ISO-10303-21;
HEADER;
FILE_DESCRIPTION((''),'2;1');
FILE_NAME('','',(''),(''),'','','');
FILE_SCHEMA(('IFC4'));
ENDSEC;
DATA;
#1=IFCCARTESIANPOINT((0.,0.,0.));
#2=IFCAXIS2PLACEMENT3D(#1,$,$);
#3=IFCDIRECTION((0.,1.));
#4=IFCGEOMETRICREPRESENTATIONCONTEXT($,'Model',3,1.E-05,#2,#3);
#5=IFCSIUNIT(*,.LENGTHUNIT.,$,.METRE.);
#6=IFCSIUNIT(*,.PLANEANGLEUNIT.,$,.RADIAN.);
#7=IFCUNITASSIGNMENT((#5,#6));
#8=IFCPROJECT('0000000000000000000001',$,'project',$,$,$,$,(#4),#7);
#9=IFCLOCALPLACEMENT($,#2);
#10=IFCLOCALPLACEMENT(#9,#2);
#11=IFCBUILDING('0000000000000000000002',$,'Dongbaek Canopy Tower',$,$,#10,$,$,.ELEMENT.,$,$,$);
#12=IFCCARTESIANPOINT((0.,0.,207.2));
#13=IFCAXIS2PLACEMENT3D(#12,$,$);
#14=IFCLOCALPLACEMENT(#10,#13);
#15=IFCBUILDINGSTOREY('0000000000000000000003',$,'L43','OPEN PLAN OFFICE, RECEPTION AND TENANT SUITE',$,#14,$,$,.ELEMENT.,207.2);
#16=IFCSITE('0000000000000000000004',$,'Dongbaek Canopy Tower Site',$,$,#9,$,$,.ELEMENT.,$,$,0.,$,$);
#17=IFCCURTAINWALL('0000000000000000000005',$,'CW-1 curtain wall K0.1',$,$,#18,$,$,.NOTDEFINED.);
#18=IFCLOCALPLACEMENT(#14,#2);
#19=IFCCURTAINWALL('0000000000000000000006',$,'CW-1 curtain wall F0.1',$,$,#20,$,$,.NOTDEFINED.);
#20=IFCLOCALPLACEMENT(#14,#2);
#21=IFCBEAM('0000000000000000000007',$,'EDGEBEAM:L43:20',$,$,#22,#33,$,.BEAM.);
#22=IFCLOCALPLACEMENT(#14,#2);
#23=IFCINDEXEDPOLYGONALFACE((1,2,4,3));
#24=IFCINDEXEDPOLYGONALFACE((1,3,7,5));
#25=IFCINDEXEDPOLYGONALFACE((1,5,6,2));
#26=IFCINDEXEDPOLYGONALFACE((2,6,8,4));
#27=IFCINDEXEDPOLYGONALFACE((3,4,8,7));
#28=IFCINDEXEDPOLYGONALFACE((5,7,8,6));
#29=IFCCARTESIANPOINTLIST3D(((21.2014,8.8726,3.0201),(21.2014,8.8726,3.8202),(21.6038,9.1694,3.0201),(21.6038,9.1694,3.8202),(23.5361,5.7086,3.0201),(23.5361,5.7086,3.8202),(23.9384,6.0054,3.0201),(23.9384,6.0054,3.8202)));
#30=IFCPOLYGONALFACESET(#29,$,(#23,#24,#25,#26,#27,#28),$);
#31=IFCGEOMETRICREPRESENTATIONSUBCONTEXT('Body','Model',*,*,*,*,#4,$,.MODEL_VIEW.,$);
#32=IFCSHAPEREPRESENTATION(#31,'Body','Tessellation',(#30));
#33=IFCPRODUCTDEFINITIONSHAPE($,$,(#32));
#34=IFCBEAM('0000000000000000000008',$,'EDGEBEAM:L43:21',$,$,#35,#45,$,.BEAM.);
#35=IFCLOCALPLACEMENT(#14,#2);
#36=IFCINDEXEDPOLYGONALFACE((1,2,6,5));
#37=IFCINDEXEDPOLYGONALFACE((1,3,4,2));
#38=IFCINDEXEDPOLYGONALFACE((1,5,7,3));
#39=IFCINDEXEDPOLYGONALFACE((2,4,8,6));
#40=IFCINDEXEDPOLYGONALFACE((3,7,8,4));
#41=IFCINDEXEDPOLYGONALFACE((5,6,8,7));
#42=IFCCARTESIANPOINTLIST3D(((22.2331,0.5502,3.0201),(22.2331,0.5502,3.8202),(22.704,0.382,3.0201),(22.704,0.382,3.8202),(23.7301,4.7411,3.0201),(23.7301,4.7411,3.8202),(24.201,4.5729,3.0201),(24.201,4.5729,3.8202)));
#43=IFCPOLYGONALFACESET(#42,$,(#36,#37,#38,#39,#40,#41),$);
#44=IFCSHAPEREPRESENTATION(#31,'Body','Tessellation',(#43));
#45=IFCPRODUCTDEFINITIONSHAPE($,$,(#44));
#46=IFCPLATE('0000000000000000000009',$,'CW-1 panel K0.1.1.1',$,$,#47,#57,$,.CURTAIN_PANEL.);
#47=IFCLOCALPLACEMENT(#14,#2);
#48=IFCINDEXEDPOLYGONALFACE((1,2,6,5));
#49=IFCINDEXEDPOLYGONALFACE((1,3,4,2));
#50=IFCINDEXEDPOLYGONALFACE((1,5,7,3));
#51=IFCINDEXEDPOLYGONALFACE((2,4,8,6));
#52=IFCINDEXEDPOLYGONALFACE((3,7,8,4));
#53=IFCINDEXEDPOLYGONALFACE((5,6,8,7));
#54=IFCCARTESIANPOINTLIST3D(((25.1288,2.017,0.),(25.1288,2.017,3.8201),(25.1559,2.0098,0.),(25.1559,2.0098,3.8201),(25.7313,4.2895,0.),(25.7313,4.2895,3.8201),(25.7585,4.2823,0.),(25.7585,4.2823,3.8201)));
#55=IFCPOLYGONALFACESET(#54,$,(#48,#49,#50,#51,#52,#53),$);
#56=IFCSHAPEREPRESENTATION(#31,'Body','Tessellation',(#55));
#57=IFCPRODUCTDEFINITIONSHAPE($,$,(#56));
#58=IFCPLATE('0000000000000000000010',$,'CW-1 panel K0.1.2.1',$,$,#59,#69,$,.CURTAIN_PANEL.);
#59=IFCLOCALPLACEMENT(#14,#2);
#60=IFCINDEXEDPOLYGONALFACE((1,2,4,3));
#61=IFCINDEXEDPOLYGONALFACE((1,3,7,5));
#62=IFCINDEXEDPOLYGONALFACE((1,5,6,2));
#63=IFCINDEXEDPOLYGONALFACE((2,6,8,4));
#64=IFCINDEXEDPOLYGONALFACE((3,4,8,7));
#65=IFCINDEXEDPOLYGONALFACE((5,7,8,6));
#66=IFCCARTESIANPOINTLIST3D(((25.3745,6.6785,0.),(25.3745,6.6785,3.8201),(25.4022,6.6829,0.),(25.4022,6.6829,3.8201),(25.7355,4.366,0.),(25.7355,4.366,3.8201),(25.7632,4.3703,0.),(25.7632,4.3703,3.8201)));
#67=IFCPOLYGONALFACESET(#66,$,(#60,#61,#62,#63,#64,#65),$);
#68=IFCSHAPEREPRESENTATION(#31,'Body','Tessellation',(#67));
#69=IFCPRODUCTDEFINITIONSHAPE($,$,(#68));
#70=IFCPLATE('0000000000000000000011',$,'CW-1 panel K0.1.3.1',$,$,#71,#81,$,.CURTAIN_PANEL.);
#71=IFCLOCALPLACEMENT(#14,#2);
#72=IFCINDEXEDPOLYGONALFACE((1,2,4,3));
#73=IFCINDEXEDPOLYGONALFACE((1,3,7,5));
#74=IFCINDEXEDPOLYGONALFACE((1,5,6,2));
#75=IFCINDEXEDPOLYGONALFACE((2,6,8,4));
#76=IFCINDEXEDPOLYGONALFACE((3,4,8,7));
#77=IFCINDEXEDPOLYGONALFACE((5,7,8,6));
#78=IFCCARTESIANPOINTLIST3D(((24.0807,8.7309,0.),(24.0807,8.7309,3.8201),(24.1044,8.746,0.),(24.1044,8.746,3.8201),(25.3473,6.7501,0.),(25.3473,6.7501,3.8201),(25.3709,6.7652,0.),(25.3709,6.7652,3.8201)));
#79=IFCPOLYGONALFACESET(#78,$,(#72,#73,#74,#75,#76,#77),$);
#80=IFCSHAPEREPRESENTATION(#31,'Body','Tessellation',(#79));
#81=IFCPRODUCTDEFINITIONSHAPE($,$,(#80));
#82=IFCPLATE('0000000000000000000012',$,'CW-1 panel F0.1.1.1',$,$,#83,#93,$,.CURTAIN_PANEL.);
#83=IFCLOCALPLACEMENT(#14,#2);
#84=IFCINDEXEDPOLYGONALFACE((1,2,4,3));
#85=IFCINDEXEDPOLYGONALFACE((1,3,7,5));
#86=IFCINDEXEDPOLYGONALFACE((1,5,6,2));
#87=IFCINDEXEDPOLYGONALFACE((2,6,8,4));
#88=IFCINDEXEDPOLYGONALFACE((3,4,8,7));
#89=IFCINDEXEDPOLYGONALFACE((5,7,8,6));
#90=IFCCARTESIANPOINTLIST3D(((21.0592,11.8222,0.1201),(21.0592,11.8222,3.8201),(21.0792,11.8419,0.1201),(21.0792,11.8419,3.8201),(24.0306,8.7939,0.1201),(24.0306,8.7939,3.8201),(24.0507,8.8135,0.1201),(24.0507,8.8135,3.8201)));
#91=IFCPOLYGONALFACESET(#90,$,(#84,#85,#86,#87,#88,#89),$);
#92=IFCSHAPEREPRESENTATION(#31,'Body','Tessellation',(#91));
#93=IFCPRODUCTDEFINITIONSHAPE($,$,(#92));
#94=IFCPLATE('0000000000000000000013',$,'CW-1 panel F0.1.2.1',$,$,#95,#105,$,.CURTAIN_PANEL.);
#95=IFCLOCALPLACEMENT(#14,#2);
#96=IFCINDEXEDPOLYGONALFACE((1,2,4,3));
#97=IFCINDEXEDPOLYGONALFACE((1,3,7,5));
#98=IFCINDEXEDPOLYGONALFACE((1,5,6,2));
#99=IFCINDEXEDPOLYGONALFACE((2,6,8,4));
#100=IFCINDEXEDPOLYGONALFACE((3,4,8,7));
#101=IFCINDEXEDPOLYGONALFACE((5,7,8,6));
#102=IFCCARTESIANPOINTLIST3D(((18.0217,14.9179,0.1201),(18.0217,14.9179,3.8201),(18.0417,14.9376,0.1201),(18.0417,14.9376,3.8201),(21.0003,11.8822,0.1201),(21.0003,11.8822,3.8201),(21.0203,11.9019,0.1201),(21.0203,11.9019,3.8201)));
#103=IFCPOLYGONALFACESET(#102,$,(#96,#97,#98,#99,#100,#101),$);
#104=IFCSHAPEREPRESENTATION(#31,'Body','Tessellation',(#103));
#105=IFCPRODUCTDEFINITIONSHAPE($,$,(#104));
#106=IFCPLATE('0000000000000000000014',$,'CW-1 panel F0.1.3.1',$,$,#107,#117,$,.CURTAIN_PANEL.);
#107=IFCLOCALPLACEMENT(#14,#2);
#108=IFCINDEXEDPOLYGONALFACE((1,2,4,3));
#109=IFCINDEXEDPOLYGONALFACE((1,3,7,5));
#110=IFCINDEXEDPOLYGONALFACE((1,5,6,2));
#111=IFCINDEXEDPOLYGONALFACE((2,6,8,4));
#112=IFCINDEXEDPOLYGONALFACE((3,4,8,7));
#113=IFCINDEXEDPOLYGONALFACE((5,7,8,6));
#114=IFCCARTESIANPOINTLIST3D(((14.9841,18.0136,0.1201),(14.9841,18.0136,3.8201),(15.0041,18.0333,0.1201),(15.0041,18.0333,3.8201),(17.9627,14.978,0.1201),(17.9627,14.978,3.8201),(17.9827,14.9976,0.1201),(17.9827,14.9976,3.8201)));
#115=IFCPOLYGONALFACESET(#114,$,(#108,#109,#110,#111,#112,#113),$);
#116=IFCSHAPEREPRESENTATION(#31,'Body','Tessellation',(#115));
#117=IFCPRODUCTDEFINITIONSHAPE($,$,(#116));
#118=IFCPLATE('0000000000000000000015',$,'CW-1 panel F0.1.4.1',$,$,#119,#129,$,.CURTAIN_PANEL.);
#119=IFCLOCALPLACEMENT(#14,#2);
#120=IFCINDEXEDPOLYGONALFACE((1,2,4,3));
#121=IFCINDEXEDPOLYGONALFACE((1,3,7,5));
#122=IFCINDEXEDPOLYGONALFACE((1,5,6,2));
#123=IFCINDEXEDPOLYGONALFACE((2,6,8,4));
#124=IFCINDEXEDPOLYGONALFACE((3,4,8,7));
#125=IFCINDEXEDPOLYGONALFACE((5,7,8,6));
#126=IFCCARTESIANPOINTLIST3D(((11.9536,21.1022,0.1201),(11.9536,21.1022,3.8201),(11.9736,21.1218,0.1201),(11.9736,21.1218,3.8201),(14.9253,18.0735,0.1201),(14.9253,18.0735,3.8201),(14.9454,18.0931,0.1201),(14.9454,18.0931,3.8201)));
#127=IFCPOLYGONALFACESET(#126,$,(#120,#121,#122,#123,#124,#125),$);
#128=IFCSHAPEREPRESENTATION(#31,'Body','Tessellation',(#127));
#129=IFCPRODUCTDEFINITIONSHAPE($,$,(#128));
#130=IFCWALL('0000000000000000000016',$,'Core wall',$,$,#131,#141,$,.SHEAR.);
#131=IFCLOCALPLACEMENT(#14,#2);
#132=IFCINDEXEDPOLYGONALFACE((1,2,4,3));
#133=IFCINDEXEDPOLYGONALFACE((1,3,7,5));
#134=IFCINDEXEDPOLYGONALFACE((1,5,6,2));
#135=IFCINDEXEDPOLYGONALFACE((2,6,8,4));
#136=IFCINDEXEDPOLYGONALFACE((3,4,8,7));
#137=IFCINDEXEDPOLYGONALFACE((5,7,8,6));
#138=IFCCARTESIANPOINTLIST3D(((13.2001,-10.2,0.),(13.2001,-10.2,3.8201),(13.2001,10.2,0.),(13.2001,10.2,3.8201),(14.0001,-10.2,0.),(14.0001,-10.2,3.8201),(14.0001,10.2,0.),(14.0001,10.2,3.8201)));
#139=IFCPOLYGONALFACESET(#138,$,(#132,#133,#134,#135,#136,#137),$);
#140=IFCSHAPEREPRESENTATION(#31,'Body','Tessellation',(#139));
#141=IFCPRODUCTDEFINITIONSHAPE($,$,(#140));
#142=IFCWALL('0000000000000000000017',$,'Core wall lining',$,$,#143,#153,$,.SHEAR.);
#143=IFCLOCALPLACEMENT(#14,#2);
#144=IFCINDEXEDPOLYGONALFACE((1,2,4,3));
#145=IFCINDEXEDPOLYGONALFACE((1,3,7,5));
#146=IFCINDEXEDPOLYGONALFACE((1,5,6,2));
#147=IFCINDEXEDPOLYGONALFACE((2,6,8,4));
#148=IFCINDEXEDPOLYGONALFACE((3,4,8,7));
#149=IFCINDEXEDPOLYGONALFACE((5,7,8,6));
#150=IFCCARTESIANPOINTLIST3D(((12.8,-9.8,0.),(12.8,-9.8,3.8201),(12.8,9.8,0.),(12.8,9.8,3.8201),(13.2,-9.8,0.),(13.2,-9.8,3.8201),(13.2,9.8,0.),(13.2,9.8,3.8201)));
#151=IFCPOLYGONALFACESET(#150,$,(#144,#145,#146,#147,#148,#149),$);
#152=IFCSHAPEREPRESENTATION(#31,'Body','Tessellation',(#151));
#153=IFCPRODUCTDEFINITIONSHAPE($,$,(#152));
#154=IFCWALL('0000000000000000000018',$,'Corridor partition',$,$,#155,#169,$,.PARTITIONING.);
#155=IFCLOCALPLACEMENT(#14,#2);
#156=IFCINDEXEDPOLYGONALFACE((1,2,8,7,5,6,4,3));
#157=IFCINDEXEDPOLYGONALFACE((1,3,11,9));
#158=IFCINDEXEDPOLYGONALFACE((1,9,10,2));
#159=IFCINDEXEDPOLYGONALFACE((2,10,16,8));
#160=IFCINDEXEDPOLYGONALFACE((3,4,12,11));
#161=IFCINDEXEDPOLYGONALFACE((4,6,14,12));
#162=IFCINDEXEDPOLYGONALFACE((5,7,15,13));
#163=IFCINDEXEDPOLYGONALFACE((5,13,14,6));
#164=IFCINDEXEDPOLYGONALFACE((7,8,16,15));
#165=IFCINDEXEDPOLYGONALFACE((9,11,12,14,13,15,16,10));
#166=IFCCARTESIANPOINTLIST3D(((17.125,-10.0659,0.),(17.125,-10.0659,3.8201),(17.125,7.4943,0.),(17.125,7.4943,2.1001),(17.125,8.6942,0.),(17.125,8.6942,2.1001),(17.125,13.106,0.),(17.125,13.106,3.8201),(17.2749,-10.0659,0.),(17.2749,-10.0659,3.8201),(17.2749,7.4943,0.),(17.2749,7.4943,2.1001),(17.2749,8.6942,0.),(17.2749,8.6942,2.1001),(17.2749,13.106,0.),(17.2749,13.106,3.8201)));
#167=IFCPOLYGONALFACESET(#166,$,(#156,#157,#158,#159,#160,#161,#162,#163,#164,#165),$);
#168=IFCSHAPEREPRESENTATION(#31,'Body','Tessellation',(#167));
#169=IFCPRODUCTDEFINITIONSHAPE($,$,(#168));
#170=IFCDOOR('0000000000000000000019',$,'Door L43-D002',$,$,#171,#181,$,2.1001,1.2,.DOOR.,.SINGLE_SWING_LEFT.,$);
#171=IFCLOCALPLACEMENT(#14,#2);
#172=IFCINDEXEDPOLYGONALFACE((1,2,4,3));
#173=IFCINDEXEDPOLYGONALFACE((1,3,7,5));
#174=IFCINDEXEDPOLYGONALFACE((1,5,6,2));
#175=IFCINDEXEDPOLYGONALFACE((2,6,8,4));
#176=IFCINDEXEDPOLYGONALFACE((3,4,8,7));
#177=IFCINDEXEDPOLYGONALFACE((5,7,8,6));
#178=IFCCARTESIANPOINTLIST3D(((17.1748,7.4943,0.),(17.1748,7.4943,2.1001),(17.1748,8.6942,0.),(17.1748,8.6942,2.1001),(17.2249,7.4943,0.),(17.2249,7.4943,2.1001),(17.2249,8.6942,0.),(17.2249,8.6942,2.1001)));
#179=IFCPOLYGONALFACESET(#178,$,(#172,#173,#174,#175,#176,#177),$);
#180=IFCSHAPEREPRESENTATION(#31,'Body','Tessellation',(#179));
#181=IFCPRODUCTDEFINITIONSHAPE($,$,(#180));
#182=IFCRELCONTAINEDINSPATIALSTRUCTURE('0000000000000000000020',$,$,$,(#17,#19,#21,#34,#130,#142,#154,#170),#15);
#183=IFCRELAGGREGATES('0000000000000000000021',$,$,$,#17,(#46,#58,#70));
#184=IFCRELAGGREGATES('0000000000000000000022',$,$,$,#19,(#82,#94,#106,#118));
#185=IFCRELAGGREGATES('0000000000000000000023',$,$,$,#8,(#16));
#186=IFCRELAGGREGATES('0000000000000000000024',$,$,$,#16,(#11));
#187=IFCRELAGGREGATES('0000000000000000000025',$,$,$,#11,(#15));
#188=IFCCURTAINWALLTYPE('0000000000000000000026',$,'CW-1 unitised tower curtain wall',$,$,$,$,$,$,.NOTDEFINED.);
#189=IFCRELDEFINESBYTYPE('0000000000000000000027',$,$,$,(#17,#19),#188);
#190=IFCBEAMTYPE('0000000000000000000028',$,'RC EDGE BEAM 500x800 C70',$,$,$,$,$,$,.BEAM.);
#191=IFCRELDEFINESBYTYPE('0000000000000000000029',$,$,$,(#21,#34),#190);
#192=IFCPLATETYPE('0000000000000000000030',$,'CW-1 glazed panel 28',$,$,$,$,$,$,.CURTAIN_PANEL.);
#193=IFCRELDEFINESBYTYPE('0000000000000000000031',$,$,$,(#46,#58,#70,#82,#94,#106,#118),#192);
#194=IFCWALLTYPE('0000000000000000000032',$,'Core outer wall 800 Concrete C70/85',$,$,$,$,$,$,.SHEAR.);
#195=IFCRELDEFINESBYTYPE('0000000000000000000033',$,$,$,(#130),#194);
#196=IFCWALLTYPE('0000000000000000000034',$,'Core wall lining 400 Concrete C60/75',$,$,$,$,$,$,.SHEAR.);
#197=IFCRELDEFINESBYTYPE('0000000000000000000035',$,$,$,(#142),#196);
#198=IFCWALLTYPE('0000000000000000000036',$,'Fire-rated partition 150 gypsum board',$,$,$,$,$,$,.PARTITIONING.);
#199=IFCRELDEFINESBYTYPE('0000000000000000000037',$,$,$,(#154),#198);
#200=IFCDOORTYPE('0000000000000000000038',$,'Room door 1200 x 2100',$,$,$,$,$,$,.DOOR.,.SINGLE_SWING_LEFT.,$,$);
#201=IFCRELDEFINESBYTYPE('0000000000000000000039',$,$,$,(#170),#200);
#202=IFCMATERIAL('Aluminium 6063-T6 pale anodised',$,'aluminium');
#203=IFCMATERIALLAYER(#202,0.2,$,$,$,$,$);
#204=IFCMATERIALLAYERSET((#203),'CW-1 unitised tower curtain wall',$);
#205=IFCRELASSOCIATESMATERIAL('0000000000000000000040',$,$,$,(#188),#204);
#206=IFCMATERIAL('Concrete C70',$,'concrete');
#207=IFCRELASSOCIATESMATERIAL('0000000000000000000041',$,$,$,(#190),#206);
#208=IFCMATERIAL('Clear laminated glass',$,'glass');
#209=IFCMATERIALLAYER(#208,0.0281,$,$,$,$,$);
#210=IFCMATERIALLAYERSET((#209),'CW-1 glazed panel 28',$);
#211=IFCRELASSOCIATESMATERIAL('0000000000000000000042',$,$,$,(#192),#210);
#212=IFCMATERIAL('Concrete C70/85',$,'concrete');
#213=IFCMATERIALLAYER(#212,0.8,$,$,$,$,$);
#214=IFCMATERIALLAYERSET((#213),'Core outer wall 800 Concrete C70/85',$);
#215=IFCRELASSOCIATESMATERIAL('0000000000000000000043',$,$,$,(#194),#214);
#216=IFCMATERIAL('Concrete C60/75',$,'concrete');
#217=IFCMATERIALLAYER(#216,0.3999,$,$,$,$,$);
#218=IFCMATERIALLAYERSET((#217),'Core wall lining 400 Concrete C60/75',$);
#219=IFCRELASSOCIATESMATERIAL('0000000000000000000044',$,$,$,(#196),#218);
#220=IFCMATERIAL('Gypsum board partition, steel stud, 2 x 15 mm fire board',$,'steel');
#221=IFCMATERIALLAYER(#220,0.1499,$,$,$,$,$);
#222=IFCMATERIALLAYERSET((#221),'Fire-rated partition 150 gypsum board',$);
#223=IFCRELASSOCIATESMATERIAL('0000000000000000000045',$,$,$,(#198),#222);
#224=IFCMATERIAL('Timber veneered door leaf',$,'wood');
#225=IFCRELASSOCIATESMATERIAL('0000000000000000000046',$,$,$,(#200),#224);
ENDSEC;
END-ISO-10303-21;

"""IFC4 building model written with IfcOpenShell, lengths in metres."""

from ifc_helpers import new_model, si_unit, direction, frame, frame_2d, origin, origin_2d, place, context, subcontext, project, spatial, rectangle, extrude, material, layer, layer_set, material_profile, profile_set, type_object, element, fill, aggregate, save


model = new_model("IFC4")

# Units and contexts
model_context = context("Model", 3, precision=1e-05, world=origin(), true_north=direction((0.0, 1.0)))
body_context = subcontext(model_context, "Body", "Model", "MODEL_VIEW")
ifc_project = project(units=[si_unit("LENGTHUNIT", "METRE"), si_unit("PLANEANGLEUNIT", "RADIAN")], contexts=[model_context])

# Site, building, storey
site_placement = place(None, origin())
site = spatial("IfcSite", under=ifc_project, at=site_placement, Name="Dongbaek Canopy Tower Site", CompositionType="ELEMENT", RefElevation=0.0)
building_placement = place(site_placement, origin())
building = spatial("IfcBuilding", under=site, at=building_placement, Name="Dongbaek Canopy Tower", CompositionType="ELEMENT")
storey_placement = place(building_placement, frame((0.0, 0.0, 207.2)))
storey = spatial("IfcBuildingStorey", under=building, at=storey_placement, Name="L43", Description="OPEN PLAN OFFICE, RECEPTION AND TENANT SUITE", CompositionType="ELEMENT", Elevation=207.2)

# Curtain walls
ifc_material_1 = material(Name="Aluminium 6063-T6 pale anodised", Category="aluminium")
ifc_layer_1 = layer(ifc_material_1, 0.2)
ifc_layer_set_1 = layer_set([ifc_layer_1], Name="CW-1 unitised tower curtain wall")
curtain_wall_type = type_object("IfcCurtainWallType", Name="CW-1 unitised tower curtain wall", PredefinedType="NOTDEFINED", material=ifc_layer_set_1)
curtain_wall_1_placement = place(storey_placement, origin())
curtain_wall_1 = element("IfcCurtainWall", 1, at=curtain_wall_1_placement, inside=storey, type_object=curtain_wall_type, Name="CW-1 curtain wall K0.1", PredefinedType="NOTDEFINED")
curtain_wall_2_placement = place(storey_placement, origin())
curtain_wall_2 = element("IfcCurtainWall", 2, at=curtain_wall_2_placement, inside=storey, type_object=curtain_wall_type, Name="CW-1 curtain wall F0.1", PredefinedType="NOTDEFINED")

# Beams
ifc_material_2 = material(Name="Concrete C70", Category="concrete")
ifc_material_profile_1 = material_profile(ifc_material_2, rectangle(XDim=0.5, YDim=0.8, at=origin_2d()), Name="RC EDGE BEAM 500x800 C70")
ifc_profile_set_1 = profile_set([ifc_material_profile_1], Name="Concrete C70")
beam_type = type_object("IfcBeamType", Name="RC EDGE BEAM 500x800 C70", PredefinedType="BEAM", material=ifc_profile_set_1)
beam_1_placement = place(storey_placement, frame((21.4026, 9.021, 3.4202), z_axis=(0.593743, -0.804655, 0.0), x_axis=(0.804655, 0.593743, 0.0)))
element("IfcBeam", 3, at=beam_1_placement, inside=storey, type_object=beam_type, Name="EDGEBEAM:L43:20", PredefinedType="BEAM", context=body_context, shape_type="SweptSolid", body=[
    extrude(rectangle(XDim=0.5, YDim=0.8, at=origin_2d()), origin(), (0.0, 0.0, 1.0), 3.9321),
])
beam_2_placement = place(storey_placement, frame((23.9656, 4.657, 3.4202), z_axis=(-0.336399, -0.94172, 0.0), x_axis=(0.94172, -0.336399, 0.0)))
element("IfcBeam", 4, at=beam_2_placement, inside=storey, type_object=beam_type, Name="EDGEBEAM:L43:21", PredefinedType="BEAM", context=body_context, shape_type="SweptSolid", body=[
    extrude(rectangle(XDim=0.5, YDim=0.8, at=origin_2d()), origin(), (0.0, 0.0, 1.0), 4.4502),
])

# Plates
ifc_material_3 = material(Name="Clear laminated glass", Category="glass")
ifc_layer_2 = layer(ifc_material_3, 0.0281)
ifc_layer_set_2 = layer_set([ifc_layer_2], Name="CW-1 glazed panel 28")
plate_type = type_object("IfcPlateType", Name="CW-1 glazed panel 28", PredefinedType="CURTAIN_PANEL", material=ifc_layer_set_2)
plate_1_placement = place(storey_placement, frame((25.4436, 3.1497, 0.0), z_axis=(0.0, 0.0, 1.0), x_axis=(0.256293, 0.966599, 0.0)))
plate_1 = element("IfcPlate", 5, at=plate_1_placement, type_object=plate_type, Name="CW-1 panel K0.1.1.1", PredefinedType="CURTAIN_PANEL", context=body_context, shape_type="SweptSolid", body=[
    extrude(rectangle(XDim=2.3511, YDim=0.0281, at=origin_2d()), origin(), (0.0, 0.0, 1.0), 3.8201),
])
plate_2_placement = place(storey_placement, frame((25.5688, 5.5244, 0.0), z_axis=(0.0, 0.0, 1.0), x_axis=(-0.154236, 0.988034, 0.0)))
plate_2 = element("IfcPlate", 6, at=plate_2_placement, type_object=plate_type, Name="CW-1 panel K0.1.2.1", PredefinedType="CURTAIN_PANEL", context=body_context, shape_type="SweptSolid", body=[
    extrude(rectangle(XDim=2.3406, YDim=0.0281, at=origin_2d()), origin(), (0.0, 0.0, 1.0), 3.8201),
])
plate_3_placement = place(storey_placement, frame((24.7258, 7.748, 0.0), z_axis=(0.0, 0.0, 1.0), x_axis=(-0.5387, 0.842498, 0.0)))
plate_3 = element("IfcPlate", 7, at=plate_3_placement, type_object=plate_type, Name="CW-1 panel K0.1.3.1", PredefinedType="CURTAIN_PANEL", context=body_context, shape_type="SweptSolid", body=[
    extrude(rectangle(XDim=2.3511, YDim=0.0281, at=origin_2d()), origin(), (0.0, 0.0, 1.0), 3.8201),
])
plate_4_placement = place(storey_placement, frame((22.5549, 10.3179, 0.1201), z_axis=(0.0, 0.0, 1.0), x_axis=(-0.700368, 0.713782, 0.0)))
plate_4 = element("IfcPlate", 8, at=plate_4_placement, type_object=plate_type, Name="CW-1 panel F0.1.1.1", PredefinedType="CURTAIN_PANEL", context=body_context, shape_type="SweptSolid", body=[
    extrude(rectangle(XDim=4.2427, YDim=0.0281, at=origin_2d()), origin(), (0.0, 0.0, 1.0), 3.7),
])
plate_5_placement = place(storey_placement, frame((19.521, 13.4099, 0.1201), z_axis=(0.0, 0.0, 1.0), x_axis=(-0.700368, 0.713782, 0.0)))
plate_5 = element("IfcPlate", 9, at=plate_5_placement, type_object=plate_type, Name="CW-1 panel F0.1.2.1", PredefinedType="CURTAIN_PANEL", context=body_context, shape_type="SweptSolid", body=[
    extrude(rectangle(XDim=4.2529, YDim=0.0281, at=origin_2d()), origin(), (0.0, 0.0, 1.0), 3.7),
])
plate_6_placement = place(storey_placement, frame((16.4834, 16.5056, 0.1201), z_axis=(0.0, 0.0, 1.0), x_axis=(-0.700368, 0.713782, 0.0)))
plate_6 = element("IfcPlate", 10, at=plate_6_placement, type_object=plate_type, Name="CW-1 panel F0.1.3.1", PredefinedType="CURTAIN_PANEL", context=body_context, shape_type="SweptSolid", body=[
    extrude(rectangle(XDim=4.2529, YDim=0.0281, at=origin_2d()), origin(), (0.0, 0.0, 1.0), 3.7),
])
plate_7_placement = place(storey_placement, frame((13.4495, 19.5977, 0.1201), z_axis=(0.0, 0.0, 1.0), x_axis=(-0.700368, 0.713782, 0.0)))
plate_7 = element("IfcPlate", 11, at=plate_7_placement, type_object=plate_type, Name="CW-1 panel F0.1.4.1", PredefinedType="CURTAIN_PANEL", context=body_context, shape_type="SweptSolid", body=[
    extrude(rectangle(XDim=4.2432, YDim=0.0281, at=origin_2d()), origin(), (0.0, 0.0, 1.0), 3.7),
])

# Walls
ifc_material_4 = material(Name="Concrete C70/85", Category="concrete")
ifc_layer_3 = layer(ifc_material_4, 0.8)
ifc_layer_set_3 = layer_set([ifc_layer_3], Name="Core outer wall 800 Concrete C70/85")
wall_type_1 = type_object("IfcWallType", Name="Core outer wall 800 Concrete C70/85", PredefinedType="SHEAR", material=ifc_layer_set_3)
wall_1_placement = place(storey_placement, frame((13.6001, 10.2, 0.0), z_axis=(0.0, 0.0, 1.0), x_axis=(0.0, -1.0, 0.0)))
element("IfcWall", 12, at=wall_1_placement, inside=storey, type_object=wall_type_1, Name="Core wall", PredefinedType="SHEAR", context=body_context, shape_type="SweptSolid", body=[
    extrude(rectangle(XDim=20.3999, YDim=0.8, at=frame_2d((10.2, 0.0))), origin(), (0.0, 0.0, 1.0), 3.8201),
])
ifc_material_5 = material(Name="Concrete C60/75", Category="concrete")
ifc_layer_4 = layer(ifc_material_5, 0.3999)
ifc_layer_set_4 = layer_set([ifc_layer_4], Name="Core wall lining 400 Concrete C60/75")
wall_type_2 = type_object("IfcWallType", Name="Core wall lining 400 Concrete C60/75", PredefinedType="SHEAR", material=ifc_layer_set_4)
wall_2_placement = place(storey_placement, frame((13.0, 9.8, 0.0), z_axis=(0.0, 0.0, 1.0), x_axis=(0.0, -1.0, 0.0)))
element("IfcWall", 13, at=wall_2_placement, inside=storey, type_object=wall_type_2, Name="Core wall lining", PredefinedType="SHEAR", context=body_context, shape_type="SweptSolid", body=[
    extrude(rectangle(XDim=19.6001, YDim=0.3999, at=frame_2d((9.8, 0.0))), origin(), (0.0, 0.0, 1.0), 3.8201),
])

# Wall, opening, door
ifc_material_6 = material(Name="Gypsum board partition, steel stud, 2 x 15 mm fire board", Category="steel")
ifc_layer_5 = layer(ifc_material_6, 0.1499)
ifc_layer_set_5 = layer_set([ifc_layer_5], Name="Fire-rated partition 150 gypsum board")
wall_type_3 = type_object("IfcWallType", Name="Fire-rated partition 150 gypsum board", PredefinedType="PARTITIONING", material=ifc_layer_set_5)
wall_3_placement = place(storey_placement, frame((17.2, 13.106, 0.0), z_axis=(0.0, 0.0, 1.0), x_axis=(0.0, -1.0, 0.0)))
wall_3 = element("IfcWall", 14, at=wall_3_placement, inside=storey, type_object=wall_type_3, Name="Corridor partition", PredefinedType="PARTITIONING", context=body_context, shape_type="SweptSolid", body=[
    extrude(rectangle(XDim=23.1719, YDim=0.1499, at=frame_2d((11.5859, 0.0))), origin(), (0.0, 0.0, 1.0), 3.8201),
])
opening_placement = place(wall_3_placement, frame((4.4116, 0.0, 0.0)))
opening = element("IfcOpeningElement", 15, at=opening_placement, cuts=wall_3, PredefinedType="OPENING", context=body_context, shape_type="SweptSolid", body=[
    extrude(rectangle(XDim=1.2, YDim=2.1001, at=frame_2d((0.6001, 1.05))), frame((0.0, 0.085, 0.0), z_axis=(0.0, -1.0, 0.0), x_axis=(1.0, 0.0, 0.0)), (0.0, 0.0, 1.0), 0.1699),
])
ifc_material_7 = material(Name="Timber veneered door leaf", Category="wood")
door_type = type_object("IfcDoorType", Name="Room door 1200 x 2100", OperationType="SINGLE_SWING_LEFT", PredefinedType="DOOR", material=ifc_material_7)
door_placement = place(opening_placement, origin())
door = element("IfcDoor", 16, at=door_placement, inside=storey, type_object=door_type, Name="Door L43-D002", OperationType="SINGLE_SWING_LEFT", OverallHeight=2.1001, OverallWidth=1.2, PredefinedType="DOOR", context=body_context, shape_type="SweptSolid", body=[
    extrude(rectangle(XDim=1.2, YDim=2.1001, at=frame_2d((0.6001, 1.05))), frame((0.0, 0.0249, 0.0), z_axis=(0.0, -1.0, 0.0), x_axis=(1.0, 0.0, 0.0)), (0.0, 0.0, 1.0), 0.05),
])
fill(opening, door)

aggregate(curtain_wall_1, [plate_1, plate_2, plate_3])
aggregate(curtain_wall_2, [plate_4, plate_5, plate_6, plate_7])

save(model, "model.ifc")
